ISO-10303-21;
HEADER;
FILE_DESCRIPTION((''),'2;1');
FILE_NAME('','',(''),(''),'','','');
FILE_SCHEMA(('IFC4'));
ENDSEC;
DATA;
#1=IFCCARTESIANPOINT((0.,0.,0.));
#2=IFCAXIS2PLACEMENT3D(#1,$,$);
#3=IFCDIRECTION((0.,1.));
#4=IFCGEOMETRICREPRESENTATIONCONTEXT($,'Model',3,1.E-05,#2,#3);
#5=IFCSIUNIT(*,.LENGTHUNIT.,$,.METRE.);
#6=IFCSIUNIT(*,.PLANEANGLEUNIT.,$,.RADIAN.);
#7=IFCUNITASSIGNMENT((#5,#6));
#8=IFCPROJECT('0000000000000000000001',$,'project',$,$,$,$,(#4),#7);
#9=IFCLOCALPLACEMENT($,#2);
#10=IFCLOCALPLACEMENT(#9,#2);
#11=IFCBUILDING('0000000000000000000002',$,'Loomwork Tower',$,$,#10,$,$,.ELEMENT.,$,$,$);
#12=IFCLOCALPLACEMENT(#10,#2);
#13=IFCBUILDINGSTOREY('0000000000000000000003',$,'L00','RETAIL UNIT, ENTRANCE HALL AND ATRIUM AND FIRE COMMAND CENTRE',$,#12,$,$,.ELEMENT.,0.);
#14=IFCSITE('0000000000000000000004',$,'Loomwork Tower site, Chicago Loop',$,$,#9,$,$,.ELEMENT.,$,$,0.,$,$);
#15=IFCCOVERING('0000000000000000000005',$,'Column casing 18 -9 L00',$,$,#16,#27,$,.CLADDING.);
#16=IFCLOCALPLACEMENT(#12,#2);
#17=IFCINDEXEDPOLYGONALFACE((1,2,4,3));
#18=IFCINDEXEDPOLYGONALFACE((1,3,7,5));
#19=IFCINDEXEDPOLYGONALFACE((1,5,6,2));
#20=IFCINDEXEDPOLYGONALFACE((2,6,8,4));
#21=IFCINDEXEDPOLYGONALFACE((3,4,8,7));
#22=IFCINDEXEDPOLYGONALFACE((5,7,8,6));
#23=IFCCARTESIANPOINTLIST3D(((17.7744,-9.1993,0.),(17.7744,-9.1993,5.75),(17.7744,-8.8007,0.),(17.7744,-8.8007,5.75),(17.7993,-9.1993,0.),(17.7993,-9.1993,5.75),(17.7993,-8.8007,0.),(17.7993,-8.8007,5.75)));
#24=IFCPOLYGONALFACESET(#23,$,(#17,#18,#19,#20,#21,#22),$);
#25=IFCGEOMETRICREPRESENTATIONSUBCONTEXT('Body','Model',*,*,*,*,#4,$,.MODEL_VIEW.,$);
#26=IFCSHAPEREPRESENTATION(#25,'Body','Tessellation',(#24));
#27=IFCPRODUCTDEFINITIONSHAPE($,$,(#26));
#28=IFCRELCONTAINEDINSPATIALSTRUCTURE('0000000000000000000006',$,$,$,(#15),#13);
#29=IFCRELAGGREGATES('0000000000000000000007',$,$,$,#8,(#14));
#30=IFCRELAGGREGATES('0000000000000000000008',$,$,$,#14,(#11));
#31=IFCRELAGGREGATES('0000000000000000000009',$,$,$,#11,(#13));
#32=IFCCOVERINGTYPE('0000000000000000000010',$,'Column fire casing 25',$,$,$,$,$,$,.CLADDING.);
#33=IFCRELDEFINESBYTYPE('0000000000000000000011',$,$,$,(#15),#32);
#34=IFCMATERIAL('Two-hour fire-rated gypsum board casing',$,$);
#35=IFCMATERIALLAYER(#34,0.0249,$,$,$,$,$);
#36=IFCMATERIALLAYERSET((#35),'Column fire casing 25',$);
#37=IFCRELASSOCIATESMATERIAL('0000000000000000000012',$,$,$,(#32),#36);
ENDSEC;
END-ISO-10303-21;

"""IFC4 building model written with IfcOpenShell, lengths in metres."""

from ifc_helpers import new_model, si_unit, direction, frame, origin, origin_2d, place, context, subcontext, project, spatial, rectangle, extrude, material, layer, layer_set, type_object, element, save


model = new_model("IFC4")

# Units and contexts
model_context = context("Model", 3, precision=1e-05, world=origin(), true_north=direction((0.0, 1.0)))
body_context = subcontext(model_context, "Body", "Model", "MODEL_VIEW")
ifc_project = project(units=[si_unit("LENGTHUNIT", "METRE"), si_unit("PLANEANGLEUNIT", "RADIAN")], contexts=[model_context])

# Site, building, storey
site_placement = place(None, origin())
site = spatial("IfcSite", under=ifc_project, at=site_placement, Name="Loomwork Tower site, Chicago Loop", CompositionType="ELEMENT", RefElevation=0.0)
building_placement = place(site_placement, origin())
building = spatial("IfcBuilding", under=site, at=building_placement, Name="Loomwork Tower", CompositionType="ELEMENT")
storey_placement = place(building_placement, origin())
storey = spatial("IfcBuildingStorey", under=building, at=storey_placement, Name="L00", Description="RETAIL UNIT, ENTRANCE HALL AND ATRIUM AND FIRE COMMAND CENTRE", CompositionType="ELEMENT", Elevation=0.0)

# Covering
ifc_material_1 = material(Name="Two-hour fire-rated gypsum board casing")
ifc_layer_1 = layer(ifc_material_1, 0.0249)
ifc_layer_set_1 = layer_set([ifc_layer_1], Name="Column fire casing 25")
covering_type = type_object("IfcCoveringType", Name="Column fire casing 25", PredefinedType="CLADDING", material=ifc_layer_set_1)
covering_1_placement = place(storey_placement, frame((17.7869, -9.0, 0.0), z_axis=(0.0, 0.0, 1.0), x_axis=(1.0, 0.0, 0.0)))
element("IfcCovering", 1, at=covering_1_placement, inside=storey, type_object=covering_type, Name="Column casing 18 -9 L00", PredefinedType="CLADDING", context=body_context, shape_type="SweptSolid", body=[
    extrude(rectangle(XDim=0.0249, YDim=0.3987, at=origin_2d()), origin(), (0.0, 0.0, 1.0), 5.75),
])

save(model, "model.ifc")
